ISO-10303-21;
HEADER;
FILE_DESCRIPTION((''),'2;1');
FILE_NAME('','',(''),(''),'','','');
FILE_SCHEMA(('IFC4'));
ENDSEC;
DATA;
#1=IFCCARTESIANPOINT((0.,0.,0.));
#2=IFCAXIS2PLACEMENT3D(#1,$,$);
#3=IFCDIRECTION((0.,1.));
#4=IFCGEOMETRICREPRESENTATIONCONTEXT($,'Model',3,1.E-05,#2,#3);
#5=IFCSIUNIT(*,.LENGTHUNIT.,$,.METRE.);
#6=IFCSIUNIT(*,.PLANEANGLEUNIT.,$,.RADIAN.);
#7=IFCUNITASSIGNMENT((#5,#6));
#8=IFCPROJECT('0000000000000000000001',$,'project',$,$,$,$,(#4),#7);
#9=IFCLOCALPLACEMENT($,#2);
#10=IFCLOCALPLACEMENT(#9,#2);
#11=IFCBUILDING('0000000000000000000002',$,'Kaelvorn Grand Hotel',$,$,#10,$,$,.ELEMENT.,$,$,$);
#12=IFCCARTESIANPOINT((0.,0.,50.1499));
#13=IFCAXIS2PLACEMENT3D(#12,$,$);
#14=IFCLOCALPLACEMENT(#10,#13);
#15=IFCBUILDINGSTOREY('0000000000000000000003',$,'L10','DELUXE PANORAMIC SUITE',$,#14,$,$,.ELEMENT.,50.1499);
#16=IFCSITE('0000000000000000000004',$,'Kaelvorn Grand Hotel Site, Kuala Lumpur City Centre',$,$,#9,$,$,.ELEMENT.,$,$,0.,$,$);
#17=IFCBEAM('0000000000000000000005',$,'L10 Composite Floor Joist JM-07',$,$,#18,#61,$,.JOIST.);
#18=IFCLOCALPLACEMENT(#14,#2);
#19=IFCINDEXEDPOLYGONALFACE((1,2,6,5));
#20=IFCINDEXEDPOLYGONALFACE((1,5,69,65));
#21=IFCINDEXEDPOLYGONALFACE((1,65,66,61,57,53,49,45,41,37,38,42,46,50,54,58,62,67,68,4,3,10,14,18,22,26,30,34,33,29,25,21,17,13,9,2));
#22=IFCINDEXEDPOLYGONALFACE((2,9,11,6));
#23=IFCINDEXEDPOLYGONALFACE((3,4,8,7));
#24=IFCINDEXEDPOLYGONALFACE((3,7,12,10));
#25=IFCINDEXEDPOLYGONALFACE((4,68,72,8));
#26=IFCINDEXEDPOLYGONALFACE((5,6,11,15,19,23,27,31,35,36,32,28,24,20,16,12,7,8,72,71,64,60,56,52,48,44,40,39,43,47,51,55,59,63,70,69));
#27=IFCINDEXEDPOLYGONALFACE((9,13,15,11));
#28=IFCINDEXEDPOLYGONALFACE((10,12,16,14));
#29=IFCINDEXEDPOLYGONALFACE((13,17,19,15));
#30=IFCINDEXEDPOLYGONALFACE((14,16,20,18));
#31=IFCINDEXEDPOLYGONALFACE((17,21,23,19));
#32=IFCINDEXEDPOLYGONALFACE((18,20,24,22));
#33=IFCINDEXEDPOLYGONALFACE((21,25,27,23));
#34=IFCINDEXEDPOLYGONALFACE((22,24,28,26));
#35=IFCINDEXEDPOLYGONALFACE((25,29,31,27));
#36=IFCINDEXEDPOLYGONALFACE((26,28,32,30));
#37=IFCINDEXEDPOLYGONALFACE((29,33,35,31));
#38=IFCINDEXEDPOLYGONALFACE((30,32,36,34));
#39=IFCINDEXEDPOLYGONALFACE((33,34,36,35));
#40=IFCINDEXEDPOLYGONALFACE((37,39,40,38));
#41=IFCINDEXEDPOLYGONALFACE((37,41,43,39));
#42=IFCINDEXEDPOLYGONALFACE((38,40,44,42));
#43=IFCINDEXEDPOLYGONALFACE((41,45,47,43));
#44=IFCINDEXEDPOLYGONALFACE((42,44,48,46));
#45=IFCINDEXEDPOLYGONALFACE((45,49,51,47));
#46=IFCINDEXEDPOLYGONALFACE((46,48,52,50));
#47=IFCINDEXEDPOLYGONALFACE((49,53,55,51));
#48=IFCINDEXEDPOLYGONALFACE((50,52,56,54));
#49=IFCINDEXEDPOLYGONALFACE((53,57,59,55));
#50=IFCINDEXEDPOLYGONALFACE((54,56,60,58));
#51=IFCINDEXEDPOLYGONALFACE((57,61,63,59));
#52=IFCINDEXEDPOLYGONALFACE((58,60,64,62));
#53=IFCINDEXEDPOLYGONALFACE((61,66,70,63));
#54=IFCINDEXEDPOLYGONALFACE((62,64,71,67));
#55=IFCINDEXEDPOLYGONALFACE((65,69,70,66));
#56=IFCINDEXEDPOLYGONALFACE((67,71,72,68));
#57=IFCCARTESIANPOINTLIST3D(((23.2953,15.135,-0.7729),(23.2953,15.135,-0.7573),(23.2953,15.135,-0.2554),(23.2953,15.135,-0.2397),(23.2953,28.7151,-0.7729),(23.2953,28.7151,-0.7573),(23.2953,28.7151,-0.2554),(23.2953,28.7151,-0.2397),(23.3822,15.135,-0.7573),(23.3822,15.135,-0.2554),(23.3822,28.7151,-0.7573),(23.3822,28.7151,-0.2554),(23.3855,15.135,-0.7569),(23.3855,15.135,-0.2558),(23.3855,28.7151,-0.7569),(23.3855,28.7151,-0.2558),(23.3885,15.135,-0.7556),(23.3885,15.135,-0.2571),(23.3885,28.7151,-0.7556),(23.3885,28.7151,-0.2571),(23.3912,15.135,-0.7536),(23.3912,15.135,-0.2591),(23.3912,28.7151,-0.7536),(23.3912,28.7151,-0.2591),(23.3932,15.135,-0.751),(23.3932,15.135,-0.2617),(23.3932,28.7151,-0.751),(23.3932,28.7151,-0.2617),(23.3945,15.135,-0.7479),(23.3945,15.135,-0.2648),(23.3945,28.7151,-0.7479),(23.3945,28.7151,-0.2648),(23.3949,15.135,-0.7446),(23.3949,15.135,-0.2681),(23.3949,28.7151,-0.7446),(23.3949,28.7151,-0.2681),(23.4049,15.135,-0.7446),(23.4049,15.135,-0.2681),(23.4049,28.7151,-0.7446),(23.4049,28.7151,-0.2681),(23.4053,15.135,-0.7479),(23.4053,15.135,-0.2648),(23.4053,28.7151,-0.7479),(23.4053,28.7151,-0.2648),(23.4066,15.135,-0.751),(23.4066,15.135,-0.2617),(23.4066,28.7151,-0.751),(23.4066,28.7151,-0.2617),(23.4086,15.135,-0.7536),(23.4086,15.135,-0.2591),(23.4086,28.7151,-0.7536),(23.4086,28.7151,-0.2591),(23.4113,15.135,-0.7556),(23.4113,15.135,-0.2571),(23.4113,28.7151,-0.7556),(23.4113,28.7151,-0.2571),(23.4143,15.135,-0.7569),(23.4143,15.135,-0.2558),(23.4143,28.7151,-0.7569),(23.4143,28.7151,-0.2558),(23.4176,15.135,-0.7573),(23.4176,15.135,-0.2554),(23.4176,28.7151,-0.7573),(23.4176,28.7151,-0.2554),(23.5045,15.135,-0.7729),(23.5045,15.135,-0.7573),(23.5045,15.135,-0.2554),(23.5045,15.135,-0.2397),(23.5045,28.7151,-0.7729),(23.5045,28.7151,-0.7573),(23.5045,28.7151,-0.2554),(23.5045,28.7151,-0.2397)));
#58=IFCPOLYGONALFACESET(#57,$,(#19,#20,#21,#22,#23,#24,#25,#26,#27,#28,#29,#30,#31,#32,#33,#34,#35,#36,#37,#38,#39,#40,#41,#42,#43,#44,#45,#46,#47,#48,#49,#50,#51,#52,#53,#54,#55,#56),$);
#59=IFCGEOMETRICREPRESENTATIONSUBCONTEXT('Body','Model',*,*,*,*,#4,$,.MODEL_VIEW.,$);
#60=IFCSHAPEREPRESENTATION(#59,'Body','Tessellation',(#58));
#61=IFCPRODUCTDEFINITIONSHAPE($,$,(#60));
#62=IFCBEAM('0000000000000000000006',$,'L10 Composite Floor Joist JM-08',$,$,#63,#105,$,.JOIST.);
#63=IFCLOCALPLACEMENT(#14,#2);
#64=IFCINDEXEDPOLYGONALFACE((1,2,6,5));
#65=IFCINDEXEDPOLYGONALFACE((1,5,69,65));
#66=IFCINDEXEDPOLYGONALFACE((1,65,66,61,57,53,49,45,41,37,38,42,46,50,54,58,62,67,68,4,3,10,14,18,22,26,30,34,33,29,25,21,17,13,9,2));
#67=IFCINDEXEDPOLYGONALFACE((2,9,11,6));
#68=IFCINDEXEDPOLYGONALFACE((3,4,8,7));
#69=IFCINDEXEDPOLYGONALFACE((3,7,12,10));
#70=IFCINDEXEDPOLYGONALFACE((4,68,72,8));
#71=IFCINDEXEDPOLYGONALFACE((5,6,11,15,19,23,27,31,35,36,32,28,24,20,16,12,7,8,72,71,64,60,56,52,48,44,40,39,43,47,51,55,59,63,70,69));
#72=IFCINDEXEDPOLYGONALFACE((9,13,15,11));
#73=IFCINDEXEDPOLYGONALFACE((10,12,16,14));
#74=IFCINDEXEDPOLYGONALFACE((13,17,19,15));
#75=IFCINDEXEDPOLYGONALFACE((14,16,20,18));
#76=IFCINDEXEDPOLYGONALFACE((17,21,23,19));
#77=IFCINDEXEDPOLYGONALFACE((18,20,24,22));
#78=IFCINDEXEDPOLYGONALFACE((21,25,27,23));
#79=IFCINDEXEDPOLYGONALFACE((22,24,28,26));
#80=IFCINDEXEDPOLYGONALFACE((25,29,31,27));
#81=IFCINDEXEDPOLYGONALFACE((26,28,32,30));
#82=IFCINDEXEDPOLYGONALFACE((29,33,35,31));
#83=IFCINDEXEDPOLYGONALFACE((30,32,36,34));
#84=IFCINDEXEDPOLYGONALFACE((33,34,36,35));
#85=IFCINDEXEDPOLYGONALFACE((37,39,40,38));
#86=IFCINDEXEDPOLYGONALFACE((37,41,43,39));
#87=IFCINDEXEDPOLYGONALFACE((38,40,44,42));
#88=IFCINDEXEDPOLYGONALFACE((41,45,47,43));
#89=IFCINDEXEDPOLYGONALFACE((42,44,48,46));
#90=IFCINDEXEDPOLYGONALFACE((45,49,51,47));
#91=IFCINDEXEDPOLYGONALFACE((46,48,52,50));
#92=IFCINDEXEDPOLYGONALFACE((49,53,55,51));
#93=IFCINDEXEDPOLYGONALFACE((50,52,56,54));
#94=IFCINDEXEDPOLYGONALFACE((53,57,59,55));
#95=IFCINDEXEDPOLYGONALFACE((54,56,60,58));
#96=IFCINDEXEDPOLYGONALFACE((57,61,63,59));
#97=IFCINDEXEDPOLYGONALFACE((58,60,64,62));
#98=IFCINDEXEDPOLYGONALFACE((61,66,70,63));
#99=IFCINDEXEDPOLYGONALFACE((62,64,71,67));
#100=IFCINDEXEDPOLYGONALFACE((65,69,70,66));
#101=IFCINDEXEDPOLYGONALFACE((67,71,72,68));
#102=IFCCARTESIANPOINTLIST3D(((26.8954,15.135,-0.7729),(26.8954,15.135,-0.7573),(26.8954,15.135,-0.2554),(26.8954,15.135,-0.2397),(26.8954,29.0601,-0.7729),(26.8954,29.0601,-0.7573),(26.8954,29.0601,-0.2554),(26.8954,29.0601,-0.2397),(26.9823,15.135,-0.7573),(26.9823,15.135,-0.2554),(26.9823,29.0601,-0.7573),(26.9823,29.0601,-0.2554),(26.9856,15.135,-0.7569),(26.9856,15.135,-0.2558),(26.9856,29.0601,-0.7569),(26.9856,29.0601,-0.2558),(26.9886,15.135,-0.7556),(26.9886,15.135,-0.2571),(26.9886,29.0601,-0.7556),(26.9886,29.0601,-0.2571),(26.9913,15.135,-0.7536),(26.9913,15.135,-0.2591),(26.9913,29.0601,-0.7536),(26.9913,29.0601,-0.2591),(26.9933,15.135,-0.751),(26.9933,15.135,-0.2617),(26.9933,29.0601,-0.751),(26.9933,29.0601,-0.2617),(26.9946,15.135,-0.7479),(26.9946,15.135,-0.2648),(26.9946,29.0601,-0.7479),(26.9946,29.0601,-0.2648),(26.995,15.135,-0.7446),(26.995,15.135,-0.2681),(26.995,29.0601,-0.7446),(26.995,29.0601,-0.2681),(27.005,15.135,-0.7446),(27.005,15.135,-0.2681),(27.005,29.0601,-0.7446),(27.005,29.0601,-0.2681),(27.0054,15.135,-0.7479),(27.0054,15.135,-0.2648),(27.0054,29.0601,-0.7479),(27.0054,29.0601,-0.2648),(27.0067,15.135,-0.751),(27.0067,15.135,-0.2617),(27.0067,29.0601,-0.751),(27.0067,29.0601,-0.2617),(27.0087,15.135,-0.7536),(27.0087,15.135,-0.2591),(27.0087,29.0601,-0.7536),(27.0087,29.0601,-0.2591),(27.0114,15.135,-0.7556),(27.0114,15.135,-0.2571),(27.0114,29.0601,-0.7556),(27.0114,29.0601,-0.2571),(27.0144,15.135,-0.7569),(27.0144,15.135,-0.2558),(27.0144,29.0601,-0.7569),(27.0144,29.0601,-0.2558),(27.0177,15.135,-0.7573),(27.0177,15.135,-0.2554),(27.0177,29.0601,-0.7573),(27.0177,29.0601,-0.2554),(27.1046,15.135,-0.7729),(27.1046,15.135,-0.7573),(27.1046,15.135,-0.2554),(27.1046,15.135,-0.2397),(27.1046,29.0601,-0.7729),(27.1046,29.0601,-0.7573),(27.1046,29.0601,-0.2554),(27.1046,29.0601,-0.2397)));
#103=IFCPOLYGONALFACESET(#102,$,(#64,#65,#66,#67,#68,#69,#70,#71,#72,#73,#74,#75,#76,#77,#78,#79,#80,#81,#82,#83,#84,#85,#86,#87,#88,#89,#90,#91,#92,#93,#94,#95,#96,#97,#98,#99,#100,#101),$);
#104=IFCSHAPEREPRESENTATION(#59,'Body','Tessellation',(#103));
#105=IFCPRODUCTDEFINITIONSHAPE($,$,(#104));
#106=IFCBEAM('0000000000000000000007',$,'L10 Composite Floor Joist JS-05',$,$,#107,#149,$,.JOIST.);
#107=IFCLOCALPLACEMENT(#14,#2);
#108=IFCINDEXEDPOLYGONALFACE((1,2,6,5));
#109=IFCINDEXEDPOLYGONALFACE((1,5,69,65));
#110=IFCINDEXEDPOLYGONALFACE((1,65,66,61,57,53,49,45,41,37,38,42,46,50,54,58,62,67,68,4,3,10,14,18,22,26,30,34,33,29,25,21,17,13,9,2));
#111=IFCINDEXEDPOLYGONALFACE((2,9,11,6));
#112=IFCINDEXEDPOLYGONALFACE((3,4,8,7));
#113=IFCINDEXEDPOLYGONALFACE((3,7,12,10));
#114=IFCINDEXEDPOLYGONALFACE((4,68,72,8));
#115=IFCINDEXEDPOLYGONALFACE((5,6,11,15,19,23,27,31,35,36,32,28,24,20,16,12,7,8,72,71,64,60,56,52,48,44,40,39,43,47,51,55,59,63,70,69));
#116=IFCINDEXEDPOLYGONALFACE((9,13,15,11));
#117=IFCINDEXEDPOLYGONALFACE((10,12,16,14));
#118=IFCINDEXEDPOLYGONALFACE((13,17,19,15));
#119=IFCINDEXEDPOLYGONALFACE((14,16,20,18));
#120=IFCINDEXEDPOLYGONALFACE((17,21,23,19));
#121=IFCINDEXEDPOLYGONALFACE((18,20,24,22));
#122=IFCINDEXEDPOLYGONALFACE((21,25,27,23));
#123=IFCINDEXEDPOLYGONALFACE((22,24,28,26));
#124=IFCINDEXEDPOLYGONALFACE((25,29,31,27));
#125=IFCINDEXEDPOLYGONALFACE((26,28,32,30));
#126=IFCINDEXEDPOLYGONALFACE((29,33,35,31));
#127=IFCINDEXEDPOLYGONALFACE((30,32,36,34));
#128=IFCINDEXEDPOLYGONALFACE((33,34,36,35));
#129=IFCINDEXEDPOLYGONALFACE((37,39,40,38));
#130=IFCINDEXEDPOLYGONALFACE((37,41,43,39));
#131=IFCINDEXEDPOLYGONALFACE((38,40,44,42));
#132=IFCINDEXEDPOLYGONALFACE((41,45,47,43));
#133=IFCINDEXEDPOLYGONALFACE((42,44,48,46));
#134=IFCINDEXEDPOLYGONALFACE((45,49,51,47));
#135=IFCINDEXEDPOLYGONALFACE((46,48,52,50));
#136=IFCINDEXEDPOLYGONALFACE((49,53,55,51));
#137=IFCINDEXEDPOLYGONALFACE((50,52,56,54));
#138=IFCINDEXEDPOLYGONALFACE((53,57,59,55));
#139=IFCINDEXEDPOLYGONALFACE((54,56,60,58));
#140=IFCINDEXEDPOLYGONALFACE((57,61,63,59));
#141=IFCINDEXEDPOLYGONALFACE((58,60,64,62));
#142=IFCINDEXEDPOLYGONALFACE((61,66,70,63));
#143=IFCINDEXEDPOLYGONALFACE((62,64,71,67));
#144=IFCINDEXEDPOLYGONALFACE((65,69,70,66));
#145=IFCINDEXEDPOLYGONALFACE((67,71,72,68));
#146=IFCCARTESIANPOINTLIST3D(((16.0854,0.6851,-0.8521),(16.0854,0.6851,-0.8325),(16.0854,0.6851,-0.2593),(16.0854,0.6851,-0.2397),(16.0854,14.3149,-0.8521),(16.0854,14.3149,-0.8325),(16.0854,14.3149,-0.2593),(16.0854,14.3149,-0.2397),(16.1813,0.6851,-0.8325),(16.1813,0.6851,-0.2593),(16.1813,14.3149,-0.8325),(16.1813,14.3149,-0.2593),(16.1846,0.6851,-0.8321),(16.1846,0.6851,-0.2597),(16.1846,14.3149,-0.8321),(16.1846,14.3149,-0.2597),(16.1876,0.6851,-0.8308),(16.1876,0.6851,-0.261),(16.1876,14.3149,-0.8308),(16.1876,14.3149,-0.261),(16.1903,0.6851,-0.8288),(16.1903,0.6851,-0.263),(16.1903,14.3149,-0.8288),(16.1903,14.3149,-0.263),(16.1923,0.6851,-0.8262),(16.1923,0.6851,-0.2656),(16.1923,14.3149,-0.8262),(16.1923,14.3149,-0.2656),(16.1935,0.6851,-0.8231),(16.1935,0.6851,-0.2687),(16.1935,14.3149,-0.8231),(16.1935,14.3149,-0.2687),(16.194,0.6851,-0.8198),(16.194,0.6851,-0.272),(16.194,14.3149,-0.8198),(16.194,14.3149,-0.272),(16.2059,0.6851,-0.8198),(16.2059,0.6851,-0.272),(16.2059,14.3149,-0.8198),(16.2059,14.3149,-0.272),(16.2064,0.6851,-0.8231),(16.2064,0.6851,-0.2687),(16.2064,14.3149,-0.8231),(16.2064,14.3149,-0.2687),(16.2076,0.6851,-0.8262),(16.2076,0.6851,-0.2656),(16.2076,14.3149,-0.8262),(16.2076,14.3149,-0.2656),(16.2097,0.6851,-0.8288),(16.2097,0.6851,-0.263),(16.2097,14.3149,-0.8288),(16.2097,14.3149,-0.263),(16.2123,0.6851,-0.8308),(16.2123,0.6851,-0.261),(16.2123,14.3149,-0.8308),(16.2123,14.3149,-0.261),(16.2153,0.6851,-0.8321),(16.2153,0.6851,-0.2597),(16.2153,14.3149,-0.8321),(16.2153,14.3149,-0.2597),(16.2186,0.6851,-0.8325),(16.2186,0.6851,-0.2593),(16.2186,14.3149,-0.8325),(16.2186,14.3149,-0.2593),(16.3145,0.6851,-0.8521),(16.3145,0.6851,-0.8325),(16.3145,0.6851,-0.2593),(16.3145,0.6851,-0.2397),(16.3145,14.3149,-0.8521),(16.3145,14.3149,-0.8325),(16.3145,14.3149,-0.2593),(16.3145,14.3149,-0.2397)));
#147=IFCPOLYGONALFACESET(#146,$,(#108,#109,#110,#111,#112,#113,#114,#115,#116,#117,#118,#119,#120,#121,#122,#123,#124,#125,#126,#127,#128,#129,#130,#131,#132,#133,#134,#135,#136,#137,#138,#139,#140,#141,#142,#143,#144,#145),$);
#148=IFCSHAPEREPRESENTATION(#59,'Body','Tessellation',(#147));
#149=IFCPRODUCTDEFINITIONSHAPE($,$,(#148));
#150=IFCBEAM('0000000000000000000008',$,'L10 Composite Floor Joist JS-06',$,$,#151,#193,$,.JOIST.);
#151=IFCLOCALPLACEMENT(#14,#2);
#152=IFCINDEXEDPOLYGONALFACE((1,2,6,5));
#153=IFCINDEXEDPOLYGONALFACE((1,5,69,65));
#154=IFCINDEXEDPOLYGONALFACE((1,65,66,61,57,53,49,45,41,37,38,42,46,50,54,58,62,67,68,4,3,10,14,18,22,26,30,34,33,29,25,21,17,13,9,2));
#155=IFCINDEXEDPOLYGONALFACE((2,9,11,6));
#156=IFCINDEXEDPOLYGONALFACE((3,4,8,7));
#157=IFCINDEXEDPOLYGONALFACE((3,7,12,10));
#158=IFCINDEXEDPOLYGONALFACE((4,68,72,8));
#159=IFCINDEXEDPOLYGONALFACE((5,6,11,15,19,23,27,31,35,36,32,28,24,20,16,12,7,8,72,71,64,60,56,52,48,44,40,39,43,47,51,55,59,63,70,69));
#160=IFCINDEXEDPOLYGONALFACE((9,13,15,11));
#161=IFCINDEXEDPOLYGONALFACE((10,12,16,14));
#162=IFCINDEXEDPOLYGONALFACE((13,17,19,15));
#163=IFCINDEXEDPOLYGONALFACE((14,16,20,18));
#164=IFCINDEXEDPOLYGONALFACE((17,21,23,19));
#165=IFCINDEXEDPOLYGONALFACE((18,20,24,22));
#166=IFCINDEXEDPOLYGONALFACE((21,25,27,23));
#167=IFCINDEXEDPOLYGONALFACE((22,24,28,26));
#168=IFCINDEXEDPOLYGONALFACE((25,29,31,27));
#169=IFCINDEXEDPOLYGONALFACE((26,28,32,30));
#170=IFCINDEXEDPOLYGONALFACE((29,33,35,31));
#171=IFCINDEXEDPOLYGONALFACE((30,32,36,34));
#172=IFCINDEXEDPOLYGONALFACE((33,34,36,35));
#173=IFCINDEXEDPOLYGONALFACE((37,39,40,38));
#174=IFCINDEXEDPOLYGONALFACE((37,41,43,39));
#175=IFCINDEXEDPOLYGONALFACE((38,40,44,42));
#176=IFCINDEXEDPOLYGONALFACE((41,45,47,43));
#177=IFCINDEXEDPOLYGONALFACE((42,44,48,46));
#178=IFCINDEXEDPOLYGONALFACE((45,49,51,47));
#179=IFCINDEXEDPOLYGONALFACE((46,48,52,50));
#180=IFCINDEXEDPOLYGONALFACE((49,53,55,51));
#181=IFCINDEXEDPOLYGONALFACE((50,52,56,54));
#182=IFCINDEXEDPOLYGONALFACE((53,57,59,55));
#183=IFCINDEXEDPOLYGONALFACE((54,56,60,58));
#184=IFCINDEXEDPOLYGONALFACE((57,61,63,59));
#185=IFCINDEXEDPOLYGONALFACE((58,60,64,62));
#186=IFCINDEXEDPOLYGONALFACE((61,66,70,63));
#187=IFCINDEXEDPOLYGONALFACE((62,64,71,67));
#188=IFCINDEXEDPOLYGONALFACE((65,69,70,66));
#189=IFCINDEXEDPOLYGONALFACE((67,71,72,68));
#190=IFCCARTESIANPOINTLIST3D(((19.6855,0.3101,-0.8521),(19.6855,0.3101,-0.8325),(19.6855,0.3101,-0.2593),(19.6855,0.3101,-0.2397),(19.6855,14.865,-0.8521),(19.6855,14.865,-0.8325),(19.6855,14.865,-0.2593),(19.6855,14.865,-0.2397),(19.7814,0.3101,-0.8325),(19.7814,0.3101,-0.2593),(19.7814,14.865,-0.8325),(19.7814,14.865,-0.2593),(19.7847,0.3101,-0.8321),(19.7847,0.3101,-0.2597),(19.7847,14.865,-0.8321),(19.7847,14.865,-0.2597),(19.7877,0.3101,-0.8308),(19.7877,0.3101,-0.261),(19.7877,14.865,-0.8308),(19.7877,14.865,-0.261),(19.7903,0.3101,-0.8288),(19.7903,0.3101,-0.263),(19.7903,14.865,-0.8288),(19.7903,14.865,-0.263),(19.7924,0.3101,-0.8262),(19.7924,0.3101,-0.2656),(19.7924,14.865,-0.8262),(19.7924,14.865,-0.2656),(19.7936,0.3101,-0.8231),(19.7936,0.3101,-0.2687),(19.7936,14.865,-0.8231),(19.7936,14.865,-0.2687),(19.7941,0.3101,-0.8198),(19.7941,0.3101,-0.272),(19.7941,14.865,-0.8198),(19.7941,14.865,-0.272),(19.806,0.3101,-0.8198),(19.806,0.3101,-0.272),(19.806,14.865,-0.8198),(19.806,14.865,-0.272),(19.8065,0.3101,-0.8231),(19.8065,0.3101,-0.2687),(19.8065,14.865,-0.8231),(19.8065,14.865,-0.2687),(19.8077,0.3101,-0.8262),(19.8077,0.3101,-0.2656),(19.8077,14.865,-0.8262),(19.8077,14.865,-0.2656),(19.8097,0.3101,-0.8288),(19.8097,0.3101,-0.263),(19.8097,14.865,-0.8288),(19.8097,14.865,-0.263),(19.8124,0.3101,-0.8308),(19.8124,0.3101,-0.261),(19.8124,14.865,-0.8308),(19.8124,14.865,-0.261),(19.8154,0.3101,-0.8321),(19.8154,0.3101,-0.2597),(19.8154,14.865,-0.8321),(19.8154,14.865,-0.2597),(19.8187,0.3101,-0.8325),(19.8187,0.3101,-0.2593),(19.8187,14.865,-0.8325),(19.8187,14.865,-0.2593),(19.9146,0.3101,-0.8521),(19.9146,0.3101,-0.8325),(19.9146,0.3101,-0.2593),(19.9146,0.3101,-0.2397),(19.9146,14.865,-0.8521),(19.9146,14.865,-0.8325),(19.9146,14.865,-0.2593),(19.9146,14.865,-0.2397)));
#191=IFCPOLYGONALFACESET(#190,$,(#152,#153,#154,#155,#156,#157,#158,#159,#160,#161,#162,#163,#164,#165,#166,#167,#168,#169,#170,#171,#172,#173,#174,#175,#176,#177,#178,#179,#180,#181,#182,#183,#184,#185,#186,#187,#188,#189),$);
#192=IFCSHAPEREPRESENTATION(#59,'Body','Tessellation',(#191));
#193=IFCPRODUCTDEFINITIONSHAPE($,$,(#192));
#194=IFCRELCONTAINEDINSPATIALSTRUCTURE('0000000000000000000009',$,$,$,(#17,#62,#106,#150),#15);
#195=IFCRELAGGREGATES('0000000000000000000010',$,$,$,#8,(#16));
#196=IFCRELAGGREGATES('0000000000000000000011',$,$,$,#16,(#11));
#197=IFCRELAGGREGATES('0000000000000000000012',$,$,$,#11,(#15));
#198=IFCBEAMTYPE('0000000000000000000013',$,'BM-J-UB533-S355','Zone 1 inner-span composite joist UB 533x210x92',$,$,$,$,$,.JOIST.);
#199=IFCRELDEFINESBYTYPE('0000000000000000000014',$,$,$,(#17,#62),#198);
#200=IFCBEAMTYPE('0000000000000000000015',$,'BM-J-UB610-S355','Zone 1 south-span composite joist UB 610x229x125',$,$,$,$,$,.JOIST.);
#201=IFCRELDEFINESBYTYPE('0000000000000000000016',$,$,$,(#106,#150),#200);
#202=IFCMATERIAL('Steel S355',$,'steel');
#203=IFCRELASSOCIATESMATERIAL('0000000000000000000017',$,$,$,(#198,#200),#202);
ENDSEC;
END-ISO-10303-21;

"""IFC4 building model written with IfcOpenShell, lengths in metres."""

from ifc_helpers import new_model, si_unit, direction, frame, origin, origin_2d, place, context, subcontext, project, spatial, i_section, extrude, material, material_profile, profile_set, type_object, element, save


model = new_model("IFC4")

# Units and contexts
model_context = context("Model", 3, precision=1e-05, world=origin(), true_north=direction((0.0, 1.0)))
body_context = subcontext(model_context, "Body", "Model", "MODEL_VIEW")
ifc_project = project(units=[si_unit("LENGTHUNIT", "METRE"), si_unit("PLANEANGLEUNIT", "RADIAN")], contexts=[model_context])

# Site, building, storey
site_placement = place(None, origin())
site = spatial("IfcSite", under=ifc_project, at=site_placement, Name="Kaelvorn Grand Hotel Site, Kuala Lumpur City Centre", CompositionType="ELEMENT", RefElevation=0.0)
building_placement = place(site_placement, origin())
building = spatial("IfcBuilding", under=site, at=building_placement, Name="Kaelvorn Grand Hotel", CompositionType="ELEMENT")
storey_placement = place(building_placement, frame((0.0, 0.0, 50.1499)))
storey = spatial("IfcBuildingStorey", under=building, at=storey_placement, Name="L10", Description="DELUXE PANORAMIC SUITE", CompositionType="ELEMENT", Elevation=50.1499)

# Beams
ifc_material_1 = material(Name="Steel S355", Category="steel")
ifc_material_profile_1 = material_profile(ifc_material_1, i_section(OverallWidth=0.2092, OverallDepth=0.5332, WebThickness=0.01, FlangeThickness=0.0156, FilletRadius=0.0127, at=origin_2d()), Name="UB 533x210x92")
ifc_profile_set_1 = profile_set([ifc_material_profile_1], Name="Steel S355")
beam_type_1 = type_object("IfcBeamType", Name="BM-J-UB533-S355", Description="Zone 1 inner-span composite joist UB 533x210x92", PredefinedType="JOIST", material=ifc_profile_set_1)
beam_1_placement = place(storey_placement, frame((23.3999, 15.135, -0.5063), z_axis=(0.0, 1.0, 0.0), x_axis=(-1.0, 0.0, 0.0)))
element("IfcBeam", 1, at=beam_1_placement, inside=storey, type_object=beam_type_1, Name="L10 Composite Floor Joist JM-07", PredefinedType="JOIST", context=body_context, shape_type="SweptSolid", body=[
    extrude(i_section(OverallWidth=0.2092, OverallDepth=0.5332, WebThickness=0.01, FlangeThickness=0.0156, FilletRadius=0.0127, at=origin_2d()), origin(), (0.0, 0.0, 1.0), 13.5801),
])
beam_2_placement = place(storey_placement, frame((27.0, 15.135, -0.5063), z_axis=(0.0, 1.0, 0.0), x_axis=(-1.0, 0.0, 0.0)))
element("IfcBeam", 2, at=beam_2_placement, inside=storey, type_object=beam_type_1, Name="L10 Composite Floor Joist JM-08", PredefinedType="JOIST", context=body_context, shape_type="SweptSolid", body=[
    extrude(i_section(OverallWidth=0.2092, OverallDepth=0.5332, WebThickness=0.01, FlangeThickness=0.0156, FilletRadius=0.0127, at=origin_2d()), origin(), (0.0, 0.0, 1.0), 13.925),
])
ifc_material_profile_2 = material_profile(ifc_material_1, i_section(OverallWidth=0.229, OverallDepth=0.6123, WebThickness=0.012, FlangeThickness=0.0195, FilletRadius=0.0127, at=origin_2d()), Name="UB 610x229x125")
ifc_profile_set_2 = profile_set([ifc_material_profile_2], Name="Steel S355")
beam_type_2 = type_object("IfcBeamType", Name="BM-J-UB610-S355", Description="Zone 1 south-span composite joist UB 610x229x125", PredefinedType="JOIST", material=ifc_profile_set_2)
beam_3_placement = place(storey_placement, frame((16.2, 0.6851, -0.5459), z_axis=(0.0, 1.0, 0.0), x_axis=(-1.0, 0.0, 0.0)))
element("IfcBeam", 3, at=beam_3_placement, inside=storey, type_object=beam_type_2, Name="L10 Composite Floor Joist JS-05", PredefinedType="JOIST", context=body_context, shape_type="SweptSolid", body=[
    extrude(i_section(OverallWidth=0.229, OverallDepth=0.6123, WebThickness=0.012, FlangeThickness=0.0195, FilletRadius=0.0127, at=origin_2d()), origin(), (0.0, 0.0, 1.0), 13.6299),
])
for number, where, z_axis, x_axis, name in (
    (4, (19.8, 0.3101, -0.5459), (0.0, 1.0, 0.0), (-1.0, 0.0, 0.0), "L10 Composite Floor Joist JS-06"),
):
    element("IfcBeam", number, at=place(storey_placement, frame(where, z_axis=z_axis, x_axis=x_axis)), inside=storey, type_object=beam_type_2, Name=name, PredefinedType="JOIST", context=body_context, shape_type="SweptSolid", body=[
        extrude(i_section(OverallWidth=0.229, OverallDepth=0.6123, WebThickness=0.012, FlangeThickness=0.0195, FilletRadius=0.0127, at=origin_2d()), origin(), (0.0, 0.0, 1.0), 14.5549),
    ])

save(model, "model.ifc")
